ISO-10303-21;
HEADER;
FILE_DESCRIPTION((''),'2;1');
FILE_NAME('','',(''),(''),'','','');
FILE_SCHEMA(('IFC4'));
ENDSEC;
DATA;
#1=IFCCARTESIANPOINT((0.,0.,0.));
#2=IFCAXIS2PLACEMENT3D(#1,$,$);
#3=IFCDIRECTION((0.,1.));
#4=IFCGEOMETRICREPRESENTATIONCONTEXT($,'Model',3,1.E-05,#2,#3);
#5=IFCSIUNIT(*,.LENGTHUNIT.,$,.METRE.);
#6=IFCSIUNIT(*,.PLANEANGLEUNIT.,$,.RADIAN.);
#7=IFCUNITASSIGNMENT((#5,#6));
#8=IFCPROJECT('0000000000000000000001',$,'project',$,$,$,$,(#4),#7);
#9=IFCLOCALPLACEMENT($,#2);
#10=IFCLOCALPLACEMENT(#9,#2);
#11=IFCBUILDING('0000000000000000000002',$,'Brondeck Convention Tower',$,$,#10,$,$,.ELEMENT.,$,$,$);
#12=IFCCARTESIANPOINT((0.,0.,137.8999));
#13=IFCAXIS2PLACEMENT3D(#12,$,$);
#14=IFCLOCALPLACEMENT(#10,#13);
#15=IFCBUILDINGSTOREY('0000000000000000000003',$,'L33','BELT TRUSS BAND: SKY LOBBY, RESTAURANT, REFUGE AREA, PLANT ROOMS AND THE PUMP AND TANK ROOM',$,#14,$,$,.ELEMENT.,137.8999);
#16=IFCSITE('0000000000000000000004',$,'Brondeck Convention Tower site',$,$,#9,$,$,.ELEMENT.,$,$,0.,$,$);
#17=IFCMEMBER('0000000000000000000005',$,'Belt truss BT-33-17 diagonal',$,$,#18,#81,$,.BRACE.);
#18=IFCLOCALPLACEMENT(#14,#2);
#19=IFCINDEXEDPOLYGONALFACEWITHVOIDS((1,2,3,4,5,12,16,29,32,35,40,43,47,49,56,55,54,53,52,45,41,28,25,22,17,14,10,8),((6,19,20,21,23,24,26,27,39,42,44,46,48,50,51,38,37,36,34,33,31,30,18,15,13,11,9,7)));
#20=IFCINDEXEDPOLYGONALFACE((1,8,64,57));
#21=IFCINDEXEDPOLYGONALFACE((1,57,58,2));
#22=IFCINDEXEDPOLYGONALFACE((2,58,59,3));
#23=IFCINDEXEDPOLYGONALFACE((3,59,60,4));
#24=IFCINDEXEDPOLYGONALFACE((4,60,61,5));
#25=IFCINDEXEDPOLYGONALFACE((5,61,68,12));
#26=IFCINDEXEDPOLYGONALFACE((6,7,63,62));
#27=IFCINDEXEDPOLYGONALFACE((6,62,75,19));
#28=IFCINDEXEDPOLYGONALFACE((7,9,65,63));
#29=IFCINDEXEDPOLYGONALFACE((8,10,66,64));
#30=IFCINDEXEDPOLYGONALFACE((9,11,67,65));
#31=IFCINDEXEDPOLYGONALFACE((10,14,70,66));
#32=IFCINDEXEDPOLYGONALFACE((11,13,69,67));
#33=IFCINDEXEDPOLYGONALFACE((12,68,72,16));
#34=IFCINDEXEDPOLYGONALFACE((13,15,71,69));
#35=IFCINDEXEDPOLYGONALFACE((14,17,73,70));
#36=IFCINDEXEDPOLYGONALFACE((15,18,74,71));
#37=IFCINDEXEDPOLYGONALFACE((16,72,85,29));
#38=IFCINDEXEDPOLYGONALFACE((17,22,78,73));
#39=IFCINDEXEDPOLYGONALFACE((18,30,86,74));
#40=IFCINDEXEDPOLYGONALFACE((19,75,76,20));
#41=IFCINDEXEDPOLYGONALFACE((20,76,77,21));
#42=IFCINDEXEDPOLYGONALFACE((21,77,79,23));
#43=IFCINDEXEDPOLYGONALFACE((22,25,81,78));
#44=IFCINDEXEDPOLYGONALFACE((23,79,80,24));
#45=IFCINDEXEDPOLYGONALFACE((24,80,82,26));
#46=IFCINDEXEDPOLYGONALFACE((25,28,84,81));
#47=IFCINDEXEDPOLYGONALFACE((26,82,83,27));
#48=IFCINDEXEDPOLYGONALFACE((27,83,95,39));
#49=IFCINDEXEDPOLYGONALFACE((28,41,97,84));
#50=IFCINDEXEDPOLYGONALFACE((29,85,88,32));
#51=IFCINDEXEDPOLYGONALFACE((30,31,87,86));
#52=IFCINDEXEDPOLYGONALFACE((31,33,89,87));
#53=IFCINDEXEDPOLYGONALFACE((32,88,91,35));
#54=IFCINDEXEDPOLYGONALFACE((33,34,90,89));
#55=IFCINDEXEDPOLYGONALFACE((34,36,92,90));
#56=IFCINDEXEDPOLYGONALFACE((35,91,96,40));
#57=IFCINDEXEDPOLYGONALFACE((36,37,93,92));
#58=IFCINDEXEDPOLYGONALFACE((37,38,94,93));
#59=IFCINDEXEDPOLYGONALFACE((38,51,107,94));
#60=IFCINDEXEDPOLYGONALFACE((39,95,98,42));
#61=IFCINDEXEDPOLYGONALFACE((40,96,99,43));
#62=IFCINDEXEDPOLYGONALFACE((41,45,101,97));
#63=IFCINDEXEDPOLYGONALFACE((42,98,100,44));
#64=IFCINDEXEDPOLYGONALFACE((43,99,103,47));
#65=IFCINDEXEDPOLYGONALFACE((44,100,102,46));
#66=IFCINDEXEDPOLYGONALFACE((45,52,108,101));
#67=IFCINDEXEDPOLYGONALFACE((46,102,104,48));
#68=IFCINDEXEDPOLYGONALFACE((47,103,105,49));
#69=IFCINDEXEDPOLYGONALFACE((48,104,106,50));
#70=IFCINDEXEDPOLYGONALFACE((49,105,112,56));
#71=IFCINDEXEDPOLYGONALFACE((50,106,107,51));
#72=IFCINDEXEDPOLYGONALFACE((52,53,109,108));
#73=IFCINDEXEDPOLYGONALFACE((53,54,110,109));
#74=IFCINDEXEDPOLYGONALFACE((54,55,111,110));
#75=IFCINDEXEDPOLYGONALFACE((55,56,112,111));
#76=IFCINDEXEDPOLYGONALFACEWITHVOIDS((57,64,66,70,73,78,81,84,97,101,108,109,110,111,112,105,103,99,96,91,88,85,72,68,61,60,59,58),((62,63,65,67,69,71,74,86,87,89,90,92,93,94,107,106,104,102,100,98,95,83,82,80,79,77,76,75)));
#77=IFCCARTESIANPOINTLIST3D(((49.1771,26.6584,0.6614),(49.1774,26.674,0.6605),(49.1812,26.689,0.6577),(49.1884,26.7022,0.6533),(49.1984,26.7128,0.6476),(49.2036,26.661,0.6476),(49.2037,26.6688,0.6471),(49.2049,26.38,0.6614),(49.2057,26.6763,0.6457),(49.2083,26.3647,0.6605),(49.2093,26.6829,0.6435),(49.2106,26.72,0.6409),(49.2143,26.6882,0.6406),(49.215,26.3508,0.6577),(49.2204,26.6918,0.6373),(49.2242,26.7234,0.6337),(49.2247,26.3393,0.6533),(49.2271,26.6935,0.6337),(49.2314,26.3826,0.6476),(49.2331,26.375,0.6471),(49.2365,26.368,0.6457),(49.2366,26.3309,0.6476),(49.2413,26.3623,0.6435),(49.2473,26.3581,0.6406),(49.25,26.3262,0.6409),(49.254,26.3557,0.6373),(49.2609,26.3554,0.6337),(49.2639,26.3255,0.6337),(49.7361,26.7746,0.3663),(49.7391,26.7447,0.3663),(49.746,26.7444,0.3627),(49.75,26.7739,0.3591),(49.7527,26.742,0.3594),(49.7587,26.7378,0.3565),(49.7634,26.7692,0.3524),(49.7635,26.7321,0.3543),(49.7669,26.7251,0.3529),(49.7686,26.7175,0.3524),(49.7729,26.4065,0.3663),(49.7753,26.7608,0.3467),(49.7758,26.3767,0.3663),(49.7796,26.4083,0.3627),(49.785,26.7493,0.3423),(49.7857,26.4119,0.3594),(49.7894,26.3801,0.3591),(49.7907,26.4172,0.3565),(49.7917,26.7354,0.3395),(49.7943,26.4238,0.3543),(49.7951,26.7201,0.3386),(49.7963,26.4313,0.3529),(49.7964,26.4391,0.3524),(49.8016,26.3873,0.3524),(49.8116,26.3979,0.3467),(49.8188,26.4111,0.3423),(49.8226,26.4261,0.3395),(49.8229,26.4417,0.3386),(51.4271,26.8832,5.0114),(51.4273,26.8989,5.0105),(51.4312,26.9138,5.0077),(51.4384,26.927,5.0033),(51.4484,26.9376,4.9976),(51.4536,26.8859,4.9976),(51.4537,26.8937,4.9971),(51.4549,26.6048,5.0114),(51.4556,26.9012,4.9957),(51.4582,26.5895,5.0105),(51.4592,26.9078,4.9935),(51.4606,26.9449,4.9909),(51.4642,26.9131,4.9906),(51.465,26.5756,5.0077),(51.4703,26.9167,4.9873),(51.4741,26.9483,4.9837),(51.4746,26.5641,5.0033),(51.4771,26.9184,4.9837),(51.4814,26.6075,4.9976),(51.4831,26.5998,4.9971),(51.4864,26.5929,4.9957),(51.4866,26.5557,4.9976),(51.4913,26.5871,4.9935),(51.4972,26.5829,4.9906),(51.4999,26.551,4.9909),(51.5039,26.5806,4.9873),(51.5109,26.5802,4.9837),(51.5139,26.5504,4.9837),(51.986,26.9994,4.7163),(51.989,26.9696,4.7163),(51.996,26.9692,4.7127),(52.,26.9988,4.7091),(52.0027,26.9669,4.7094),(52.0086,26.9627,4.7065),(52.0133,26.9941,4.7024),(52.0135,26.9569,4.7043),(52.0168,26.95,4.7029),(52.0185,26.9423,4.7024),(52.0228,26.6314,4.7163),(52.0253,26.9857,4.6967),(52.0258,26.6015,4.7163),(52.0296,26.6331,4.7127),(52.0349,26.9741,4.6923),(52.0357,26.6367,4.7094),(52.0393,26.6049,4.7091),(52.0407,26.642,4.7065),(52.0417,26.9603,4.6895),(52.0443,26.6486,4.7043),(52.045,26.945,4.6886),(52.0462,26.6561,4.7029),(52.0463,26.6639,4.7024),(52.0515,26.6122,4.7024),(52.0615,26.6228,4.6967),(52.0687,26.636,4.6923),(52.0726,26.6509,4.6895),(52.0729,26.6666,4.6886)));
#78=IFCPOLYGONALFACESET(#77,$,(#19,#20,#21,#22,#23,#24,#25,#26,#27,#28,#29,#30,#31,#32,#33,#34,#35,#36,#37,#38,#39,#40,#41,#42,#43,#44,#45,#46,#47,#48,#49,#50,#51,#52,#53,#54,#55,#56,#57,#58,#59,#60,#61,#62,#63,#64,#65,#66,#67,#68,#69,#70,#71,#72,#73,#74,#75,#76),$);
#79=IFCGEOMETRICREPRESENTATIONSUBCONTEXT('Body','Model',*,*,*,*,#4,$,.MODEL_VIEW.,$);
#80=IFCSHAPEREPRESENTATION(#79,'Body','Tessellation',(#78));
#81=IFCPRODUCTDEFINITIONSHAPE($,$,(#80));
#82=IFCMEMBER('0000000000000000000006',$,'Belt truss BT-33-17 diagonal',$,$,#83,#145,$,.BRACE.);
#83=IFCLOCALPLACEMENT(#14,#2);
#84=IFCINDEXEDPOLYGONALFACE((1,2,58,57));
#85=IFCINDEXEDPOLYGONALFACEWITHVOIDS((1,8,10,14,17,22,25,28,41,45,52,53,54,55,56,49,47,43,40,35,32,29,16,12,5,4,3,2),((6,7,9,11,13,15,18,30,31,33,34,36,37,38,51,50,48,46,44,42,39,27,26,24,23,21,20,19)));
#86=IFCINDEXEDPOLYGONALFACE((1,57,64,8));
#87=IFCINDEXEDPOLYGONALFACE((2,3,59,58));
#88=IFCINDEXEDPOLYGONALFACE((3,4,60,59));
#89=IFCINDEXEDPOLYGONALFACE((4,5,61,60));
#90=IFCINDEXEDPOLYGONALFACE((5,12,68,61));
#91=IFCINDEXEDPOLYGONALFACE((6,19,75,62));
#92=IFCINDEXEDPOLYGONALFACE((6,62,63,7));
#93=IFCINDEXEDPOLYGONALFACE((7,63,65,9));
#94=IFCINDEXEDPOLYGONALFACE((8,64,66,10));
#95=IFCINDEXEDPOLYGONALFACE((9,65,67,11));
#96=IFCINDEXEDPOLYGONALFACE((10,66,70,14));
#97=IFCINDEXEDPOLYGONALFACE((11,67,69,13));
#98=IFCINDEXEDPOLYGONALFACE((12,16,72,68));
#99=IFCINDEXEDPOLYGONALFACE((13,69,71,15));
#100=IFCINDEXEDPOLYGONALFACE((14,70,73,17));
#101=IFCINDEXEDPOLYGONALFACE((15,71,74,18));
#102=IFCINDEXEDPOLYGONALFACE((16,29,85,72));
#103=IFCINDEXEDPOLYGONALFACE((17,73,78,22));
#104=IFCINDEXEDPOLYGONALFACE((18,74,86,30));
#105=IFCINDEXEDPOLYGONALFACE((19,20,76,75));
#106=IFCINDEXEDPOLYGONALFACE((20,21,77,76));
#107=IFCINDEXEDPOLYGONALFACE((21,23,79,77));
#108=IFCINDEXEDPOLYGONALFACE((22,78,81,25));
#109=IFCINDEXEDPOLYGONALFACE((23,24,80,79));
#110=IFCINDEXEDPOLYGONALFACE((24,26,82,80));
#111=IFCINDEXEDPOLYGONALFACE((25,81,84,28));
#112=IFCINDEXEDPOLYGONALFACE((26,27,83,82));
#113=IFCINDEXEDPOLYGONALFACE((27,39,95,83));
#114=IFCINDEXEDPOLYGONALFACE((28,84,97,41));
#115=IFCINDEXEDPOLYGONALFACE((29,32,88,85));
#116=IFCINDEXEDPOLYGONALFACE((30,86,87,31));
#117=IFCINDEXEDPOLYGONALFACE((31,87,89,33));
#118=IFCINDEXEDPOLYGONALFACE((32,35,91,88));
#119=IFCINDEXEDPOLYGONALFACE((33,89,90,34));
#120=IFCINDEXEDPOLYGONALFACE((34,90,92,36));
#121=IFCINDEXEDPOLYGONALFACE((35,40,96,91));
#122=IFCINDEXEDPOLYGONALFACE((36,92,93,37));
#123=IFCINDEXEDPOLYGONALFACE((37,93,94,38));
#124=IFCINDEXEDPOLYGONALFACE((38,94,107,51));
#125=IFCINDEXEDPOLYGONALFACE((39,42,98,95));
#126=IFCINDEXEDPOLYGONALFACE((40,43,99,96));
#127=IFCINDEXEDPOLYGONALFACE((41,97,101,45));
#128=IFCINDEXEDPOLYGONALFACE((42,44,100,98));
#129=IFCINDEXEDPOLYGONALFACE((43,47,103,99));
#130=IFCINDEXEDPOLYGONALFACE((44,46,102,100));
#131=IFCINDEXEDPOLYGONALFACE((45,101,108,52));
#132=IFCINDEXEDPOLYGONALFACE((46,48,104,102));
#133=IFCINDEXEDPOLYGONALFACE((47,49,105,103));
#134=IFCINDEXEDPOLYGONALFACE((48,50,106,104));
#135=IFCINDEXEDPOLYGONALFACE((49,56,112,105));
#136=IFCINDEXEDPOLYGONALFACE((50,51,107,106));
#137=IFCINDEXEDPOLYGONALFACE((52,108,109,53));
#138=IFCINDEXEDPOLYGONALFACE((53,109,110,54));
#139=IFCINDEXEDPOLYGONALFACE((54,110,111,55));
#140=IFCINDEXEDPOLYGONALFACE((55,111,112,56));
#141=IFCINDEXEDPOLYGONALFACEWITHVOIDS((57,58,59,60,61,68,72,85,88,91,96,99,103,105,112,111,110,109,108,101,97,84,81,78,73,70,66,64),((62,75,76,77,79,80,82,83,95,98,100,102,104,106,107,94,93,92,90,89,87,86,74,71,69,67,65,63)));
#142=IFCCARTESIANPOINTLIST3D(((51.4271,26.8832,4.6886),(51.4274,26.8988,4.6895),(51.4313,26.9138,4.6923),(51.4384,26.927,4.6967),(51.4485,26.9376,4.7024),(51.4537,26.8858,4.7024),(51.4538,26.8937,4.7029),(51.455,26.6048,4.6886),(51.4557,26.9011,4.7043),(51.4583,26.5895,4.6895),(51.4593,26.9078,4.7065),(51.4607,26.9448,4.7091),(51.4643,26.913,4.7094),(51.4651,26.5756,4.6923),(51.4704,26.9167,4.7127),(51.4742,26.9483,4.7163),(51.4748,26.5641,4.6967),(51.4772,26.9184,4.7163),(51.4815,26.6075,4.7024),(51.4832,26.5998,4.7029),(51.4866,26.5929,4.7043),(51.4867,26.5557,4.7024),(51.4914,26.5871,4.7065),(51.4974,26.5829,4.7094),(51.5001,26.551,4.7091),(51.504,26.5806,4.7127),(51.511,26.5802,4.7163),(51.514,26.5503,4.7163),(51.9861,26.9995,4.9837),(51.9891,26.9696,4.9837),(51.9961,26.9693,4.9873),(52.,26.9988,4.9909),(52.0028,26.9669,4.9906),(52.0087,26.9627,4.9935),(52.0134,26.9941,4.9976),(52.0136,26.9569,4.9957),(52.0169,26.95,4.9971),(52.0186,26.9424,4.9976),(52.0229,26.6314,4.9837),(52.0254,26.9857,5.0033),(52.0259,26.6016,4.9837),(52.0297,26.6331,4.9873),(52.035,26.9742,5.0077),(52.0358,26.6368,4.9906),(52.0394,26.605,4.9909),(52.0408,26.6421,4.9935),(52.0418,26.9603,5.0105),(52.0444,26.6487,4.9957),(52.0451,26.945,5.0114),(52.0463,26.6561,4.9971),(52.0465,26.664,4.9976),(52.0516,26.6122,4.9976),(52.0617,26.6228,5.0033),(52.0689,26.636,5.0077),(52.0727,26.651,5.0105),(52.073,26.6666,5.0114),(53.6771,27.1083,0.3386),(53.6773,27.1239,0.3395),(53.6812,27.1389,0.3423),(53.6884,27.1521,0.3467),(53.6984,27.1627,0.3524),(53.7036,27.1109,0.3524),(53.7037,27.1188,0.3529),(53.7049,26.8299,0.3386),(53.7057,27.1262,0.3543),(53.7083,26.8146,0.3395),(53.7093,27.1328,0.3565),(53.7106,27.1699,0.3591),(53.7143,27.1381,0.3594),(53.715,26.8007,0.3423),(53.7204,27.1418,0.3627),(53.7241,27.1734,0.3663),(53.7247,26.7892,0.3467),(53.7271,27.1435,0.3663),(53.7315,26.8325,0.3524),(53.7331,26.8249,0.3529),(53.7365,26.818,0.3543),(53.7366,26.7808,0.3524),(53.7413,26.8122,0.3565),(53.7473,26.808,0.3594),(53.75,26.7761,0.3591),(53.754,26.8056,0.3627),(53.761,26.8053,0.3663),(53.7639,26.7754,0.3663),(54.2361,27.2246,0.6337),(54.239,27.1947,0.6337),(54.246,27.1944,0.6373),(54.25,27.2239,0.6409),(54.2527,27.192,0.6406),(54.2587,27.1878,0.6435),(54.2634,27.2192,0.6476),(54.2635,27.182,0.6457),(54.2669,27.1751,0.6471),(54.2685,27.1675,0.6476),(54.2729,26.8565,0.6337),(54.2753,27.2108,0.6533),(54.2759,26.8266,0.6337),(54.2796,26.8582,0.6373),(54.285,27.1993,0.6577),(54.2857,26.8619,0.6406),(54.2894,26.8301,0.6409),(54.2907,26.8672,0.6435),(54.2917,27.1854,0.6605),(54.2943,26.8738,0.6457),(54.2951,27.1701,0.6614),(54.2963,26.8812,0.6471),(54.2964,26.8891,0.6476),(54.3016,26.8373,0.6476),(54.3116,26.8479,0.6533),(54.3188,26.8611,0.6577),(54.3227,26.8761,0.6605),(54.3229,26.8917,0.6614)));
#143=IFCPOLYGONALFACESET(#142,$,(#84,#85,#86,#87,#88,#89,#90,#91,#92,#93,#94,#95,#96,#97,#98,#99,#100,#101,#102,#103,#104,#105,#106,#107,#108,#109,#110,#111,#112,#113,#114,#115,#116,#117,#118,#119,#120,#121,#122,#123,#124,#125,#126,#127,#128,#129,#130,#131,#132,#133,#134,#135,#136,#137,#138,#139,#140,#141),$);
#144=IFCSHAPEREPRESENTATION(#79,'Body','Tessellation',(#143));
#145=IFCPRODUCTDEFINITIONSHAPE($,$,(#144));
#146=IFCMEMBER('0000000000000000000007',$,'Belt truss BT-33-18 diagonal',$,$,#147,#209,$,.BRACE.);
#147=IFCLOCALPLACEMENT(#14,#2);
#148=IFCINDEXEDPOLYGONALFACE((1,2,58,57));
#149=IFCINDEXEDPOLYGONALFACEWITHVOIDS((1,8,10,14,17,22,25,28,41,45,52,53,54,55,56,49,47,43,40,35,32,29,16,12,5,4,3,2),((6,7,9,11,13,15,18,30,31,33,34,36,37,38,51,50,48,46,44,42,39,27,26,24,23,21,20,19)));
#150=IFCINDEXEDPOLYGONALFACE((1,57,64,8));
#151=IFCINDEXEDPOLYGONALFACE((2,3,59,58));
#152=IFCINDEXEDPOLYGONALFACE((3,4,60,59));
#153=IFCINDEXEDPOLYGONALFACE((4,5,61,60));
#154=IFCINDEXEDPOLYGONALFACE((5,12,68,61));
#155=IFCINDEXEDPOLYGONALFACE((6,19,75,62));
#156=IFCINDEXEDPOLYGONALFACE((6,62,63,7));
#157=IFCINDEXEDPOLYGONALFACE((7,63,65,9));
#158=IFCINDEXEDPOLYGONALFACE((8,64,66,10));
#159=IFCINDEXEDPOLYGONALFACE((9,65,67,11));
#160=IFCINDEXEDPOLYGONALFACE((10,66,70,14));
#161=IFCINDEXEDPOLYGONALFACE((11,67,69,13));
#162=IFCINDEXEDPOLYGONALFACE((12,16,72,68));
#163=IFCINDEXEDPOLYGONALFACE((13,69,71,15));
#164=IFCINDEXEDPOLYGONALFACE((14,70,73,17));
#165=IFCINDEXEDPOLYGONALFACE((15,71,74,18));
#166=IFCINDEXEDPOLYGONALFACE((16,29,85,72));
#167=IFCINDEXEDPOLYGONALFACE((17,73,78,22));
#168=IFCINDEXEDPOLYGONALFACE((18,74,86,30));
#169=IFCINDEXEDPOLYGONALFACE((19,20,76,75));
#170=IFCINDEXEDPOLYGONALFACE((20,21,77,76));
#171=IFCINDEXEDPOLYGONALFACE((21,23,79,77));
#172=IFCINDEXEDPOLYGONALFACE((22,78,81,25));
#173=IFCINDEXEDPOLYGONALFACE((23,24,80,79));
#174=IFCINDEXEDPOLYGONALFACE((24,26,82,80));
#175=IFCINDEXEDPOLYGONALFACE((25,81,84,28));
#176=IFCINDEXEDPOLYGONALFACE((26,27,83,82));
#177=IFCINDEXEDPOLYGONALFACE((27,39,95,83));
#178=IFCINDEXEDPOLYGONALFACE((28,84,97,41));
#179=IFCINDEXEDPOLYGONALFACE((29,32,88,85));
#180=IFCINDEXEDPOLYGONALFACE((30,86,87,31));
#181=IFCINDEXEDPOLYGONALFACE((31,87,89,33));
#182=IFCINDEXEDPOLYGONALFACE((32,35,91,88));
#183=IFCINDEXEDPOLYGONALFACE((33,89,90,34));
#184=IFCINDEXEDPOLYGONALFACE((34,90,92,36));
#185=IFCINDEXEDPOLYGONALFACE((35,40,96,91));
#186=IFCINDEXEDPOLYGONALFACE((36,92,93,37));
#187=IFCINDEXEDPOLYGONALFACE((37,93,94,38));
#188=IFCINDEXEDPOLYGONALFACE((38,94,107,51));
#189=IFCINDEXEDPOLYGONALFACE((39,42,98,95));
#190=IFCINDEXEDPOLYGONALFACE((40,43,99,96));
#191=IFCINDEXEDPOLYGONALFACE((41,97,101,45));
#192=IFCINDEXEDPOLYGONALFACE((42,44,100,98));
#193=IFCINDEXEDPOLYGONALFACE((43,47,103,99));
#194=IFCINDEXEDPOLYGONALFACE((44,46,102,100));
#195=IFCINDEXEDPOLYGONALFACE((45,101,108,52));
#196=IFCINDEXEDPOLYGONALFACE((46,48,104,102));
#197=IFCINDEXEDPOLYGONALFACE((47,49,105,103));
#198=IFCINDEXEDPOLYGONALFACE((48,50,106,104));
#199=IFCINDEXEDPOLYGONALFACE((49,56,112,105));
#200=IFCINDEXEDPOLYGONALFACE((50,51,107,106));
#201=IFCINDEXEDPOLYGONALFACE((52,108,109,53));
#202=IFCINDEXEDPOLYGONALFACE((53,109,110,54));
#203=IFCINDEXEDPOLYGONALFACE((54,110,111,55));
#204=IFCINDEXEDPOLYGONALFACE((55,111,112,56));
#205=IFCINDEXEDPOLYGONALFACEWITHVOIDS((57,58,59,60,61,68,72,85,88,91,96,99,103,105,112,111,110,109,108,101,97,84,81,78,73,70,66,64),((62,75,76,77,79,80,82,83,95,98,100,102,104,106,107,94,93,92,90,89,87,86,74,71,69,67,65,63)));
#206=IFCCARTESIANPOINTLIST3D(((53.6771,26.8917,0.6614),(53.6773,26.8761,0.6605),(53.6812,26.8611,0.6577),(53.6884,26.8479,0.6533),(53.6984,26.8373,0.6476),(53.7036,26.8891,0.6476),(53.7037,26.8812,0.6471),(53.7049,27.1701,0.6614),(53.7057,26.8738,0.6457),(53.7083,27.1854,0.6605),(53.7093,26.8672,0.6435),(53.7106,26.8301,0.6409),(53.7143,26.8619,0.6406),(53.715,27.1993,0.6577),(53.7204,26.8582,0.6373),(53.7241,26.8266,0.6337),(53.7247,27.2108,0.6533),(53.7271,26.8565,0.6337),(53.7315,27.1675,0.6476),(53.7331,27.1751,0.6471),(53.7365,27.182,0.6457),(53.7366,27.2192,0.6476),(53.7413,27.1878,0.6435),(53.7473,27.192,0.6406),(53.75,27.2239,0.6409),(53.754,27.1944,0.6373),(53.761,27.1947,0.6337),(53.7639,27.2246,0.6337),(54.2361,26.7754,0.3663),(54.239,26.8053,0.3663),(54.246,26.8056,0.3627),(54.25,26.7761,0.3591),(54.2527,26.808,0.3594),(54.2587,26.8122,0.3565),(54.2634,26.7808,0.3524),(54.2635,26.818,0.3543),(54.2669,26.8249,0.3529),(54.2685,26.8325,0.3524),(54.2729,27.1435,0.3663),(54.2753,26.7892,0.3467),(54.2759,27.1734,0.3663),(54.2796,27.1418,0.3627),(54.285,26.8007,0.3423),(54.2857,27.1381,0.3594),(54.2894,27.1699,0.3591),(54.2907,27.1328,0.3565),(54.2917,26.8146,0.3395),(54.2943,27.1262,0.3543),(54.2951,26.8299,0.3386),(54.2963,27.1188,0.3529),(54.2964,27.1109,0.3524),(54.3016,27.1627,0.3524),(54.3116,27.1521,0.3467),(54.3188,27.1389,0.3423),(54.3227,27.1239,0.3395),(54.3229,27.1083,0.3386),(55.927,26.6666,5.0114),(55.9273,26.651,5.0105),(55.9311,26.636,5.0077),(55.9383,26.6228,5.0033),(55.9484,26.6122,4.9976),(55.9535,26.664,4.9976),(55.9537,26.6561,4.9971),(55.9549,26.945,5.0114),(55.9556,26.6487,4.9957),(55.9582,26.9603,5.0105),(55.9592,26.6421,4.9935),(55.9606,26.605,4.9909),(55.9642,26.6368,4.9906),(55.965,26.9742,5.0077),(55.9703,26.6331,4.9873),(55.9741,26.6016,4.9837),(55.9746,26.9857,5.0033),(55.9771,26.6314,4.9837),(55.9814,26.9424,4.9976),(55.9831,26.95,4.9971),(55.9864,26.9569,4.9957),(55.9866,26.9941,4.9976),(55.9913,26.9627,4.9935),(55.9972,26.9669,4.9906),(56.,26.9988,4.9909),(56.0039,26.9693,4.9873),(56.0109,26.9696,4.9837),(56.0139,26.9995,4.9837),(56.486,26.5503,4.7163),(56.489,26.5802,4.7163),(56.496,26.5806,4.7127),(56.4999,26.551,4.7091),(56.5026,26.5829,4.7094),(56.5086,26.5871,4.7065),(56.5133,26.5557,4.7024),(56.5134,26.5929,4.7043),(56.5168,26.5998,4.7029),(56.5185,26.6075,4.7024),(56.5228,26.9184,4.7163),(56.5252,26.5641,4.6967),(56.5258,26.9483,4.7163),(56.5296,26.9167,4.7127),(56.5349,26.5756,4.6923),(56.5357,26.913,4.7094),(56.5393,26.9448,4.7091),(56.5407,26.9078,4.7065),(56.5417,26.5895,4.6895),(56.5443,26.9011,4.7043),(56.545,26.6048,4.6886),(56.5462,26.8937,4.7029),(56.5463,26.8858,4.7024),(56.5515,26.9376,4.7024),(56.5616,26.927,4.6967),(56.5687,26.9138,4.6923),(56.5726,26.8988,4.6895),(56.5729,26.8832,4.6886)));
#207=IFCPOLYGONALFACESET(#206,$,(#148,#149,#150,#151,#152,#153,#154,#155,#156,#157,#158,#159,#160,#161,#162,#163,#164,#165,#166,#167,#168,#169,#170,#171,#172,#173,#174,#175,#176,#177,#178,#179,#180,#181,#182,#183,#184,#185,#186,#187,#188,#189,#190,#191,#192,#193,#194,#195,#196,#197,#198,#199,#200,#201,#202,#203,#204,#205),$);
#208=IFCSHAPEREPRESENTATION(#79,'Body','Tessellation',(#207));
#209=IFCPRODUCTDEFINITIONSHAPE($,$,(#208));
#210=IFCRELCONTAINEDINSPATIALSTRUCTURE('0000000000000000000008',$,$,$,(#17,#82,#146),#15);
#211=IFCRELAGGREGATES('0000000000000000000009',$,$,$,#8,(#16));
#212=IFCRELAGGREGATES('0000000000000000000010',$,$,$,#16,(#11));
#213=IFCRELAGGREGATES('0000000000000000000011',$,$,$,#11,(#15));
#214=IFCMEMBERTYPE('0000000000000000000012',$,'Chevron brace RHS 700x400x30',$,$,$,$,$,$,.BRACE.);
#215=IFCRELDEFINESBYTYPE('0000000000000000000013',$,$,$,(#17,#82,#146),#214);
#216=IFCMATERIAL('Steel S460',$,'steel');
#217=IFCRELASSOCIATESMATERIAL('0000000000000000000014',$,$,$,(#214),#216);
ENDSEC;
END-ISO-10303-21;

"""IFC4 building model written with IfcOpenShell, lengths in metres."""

from ifc_helpers import new_model, si_unit, direction, frame, origin, origin_2d, place, context, subcontext, project, spatial, hollow_rectangle, extrude, material, material_profile, profile_set, type_object, element, save


model = new_model("IFC4")

# Units and contexts
model_context = context("Model", 3, precision=1e-05, world=origin(), true_north=direction((0.0, 1.0)))
body_context = subcontext(model_context, "Body", "Model", "MODEL_VIEW")
ifc_project = project(units=[si_unit("LENGTHUNIT", "METRE"), si_unit("PLANEANGLEUNIT", "RADIAN")], contexts=[model_context])

# Site, building, storey
site_placement = place(None, origin())
site = spatial("IfcSite", under=ifc_project, at=site_placement, Name="Brondeck Convention Tower site", CompositionType="ELEMENT", RefElevation=0.0)
building_placement = place(site_placement, origin())
building = spatial("IfcBuilding", under=site, at=building_placement, Name="Brondeck Convention Tower", CompositionType="ELEMENT")
storey_placement = place(building_placement, frame((0.0, 0.0, 137.8999)))
storey = spatial("IfcBuildingStorey", under=building, at=storey_placement, Name="L33", Description="BELT TRUSS BAND: SKY LOBBY, RESTAURANT, REFUGE AREA, PLANT ROOMS AND THE PUMP AND TANK ROOM", CompositionType="ELEMENT", Elevation=137.8999)

# Members
ifc_material_1 = material(Name="Steel S460", Category="steel")
ifc_material_profile_1 = material_profile(ifc_material_1, hollow_rectangle(XDim=0.3999, YDim=0.7, WallThickness=0.03, InnerFilletRadius=0.03, OuterFilletRadius=0.0601, at=origin_2d()), Name="RHS 700x400x30")
ifc_profile_set_1 = profile_set([ifc_material_profile_1], Name="Steel S460")
member_type_1 = type_object("IfcMemberType", Name="Chevron brace RHS 700x400x30", PredefinedType="BRACE", material=ifc_profile_set_1)
for number, where, z_axis, x_axis, name in (
    (1, (49.5, 26.55, 0.5), (0.458931, 0.045863, 0.887287), (-0.09944, 0.995044, 0.0), "Belt truss BT-33-17 diagonal"),
    (2, (54.0, 27.0, 0.5), (-0.45893, -0.045913, 0.887285), (0.099546, -0.995033, 0.0), "Belt truss BT-33-17 diagonal"),
    (3, (54.0, 27.0, 0.5), (0.45893, -0.045913, 0.887285), (0.099546, 0.995033, 0.0), "Belt truss BT-33-18 diagonal"),
):
    element("IfcMember", number, at=place(storey_placement, frame(where, z_axis=z_axis, x_axis=x_axis)), inside=storey, type_object=member_type_1, Name=name, PredefinedType="BRACE", context=body_context, shape_type="SweptSolid", body=[
        extrude(hollow_rectangle(XDim=0.3999, YDim=0.7, WallThickness=0.03, InnerFilletRadius=0.03, OuterFilletRadius=0.0601, at=origin_2d()), origin(), (0.0, 0.0, 1.0), 4.9026),
    ])

save(model, "model.ifc")
